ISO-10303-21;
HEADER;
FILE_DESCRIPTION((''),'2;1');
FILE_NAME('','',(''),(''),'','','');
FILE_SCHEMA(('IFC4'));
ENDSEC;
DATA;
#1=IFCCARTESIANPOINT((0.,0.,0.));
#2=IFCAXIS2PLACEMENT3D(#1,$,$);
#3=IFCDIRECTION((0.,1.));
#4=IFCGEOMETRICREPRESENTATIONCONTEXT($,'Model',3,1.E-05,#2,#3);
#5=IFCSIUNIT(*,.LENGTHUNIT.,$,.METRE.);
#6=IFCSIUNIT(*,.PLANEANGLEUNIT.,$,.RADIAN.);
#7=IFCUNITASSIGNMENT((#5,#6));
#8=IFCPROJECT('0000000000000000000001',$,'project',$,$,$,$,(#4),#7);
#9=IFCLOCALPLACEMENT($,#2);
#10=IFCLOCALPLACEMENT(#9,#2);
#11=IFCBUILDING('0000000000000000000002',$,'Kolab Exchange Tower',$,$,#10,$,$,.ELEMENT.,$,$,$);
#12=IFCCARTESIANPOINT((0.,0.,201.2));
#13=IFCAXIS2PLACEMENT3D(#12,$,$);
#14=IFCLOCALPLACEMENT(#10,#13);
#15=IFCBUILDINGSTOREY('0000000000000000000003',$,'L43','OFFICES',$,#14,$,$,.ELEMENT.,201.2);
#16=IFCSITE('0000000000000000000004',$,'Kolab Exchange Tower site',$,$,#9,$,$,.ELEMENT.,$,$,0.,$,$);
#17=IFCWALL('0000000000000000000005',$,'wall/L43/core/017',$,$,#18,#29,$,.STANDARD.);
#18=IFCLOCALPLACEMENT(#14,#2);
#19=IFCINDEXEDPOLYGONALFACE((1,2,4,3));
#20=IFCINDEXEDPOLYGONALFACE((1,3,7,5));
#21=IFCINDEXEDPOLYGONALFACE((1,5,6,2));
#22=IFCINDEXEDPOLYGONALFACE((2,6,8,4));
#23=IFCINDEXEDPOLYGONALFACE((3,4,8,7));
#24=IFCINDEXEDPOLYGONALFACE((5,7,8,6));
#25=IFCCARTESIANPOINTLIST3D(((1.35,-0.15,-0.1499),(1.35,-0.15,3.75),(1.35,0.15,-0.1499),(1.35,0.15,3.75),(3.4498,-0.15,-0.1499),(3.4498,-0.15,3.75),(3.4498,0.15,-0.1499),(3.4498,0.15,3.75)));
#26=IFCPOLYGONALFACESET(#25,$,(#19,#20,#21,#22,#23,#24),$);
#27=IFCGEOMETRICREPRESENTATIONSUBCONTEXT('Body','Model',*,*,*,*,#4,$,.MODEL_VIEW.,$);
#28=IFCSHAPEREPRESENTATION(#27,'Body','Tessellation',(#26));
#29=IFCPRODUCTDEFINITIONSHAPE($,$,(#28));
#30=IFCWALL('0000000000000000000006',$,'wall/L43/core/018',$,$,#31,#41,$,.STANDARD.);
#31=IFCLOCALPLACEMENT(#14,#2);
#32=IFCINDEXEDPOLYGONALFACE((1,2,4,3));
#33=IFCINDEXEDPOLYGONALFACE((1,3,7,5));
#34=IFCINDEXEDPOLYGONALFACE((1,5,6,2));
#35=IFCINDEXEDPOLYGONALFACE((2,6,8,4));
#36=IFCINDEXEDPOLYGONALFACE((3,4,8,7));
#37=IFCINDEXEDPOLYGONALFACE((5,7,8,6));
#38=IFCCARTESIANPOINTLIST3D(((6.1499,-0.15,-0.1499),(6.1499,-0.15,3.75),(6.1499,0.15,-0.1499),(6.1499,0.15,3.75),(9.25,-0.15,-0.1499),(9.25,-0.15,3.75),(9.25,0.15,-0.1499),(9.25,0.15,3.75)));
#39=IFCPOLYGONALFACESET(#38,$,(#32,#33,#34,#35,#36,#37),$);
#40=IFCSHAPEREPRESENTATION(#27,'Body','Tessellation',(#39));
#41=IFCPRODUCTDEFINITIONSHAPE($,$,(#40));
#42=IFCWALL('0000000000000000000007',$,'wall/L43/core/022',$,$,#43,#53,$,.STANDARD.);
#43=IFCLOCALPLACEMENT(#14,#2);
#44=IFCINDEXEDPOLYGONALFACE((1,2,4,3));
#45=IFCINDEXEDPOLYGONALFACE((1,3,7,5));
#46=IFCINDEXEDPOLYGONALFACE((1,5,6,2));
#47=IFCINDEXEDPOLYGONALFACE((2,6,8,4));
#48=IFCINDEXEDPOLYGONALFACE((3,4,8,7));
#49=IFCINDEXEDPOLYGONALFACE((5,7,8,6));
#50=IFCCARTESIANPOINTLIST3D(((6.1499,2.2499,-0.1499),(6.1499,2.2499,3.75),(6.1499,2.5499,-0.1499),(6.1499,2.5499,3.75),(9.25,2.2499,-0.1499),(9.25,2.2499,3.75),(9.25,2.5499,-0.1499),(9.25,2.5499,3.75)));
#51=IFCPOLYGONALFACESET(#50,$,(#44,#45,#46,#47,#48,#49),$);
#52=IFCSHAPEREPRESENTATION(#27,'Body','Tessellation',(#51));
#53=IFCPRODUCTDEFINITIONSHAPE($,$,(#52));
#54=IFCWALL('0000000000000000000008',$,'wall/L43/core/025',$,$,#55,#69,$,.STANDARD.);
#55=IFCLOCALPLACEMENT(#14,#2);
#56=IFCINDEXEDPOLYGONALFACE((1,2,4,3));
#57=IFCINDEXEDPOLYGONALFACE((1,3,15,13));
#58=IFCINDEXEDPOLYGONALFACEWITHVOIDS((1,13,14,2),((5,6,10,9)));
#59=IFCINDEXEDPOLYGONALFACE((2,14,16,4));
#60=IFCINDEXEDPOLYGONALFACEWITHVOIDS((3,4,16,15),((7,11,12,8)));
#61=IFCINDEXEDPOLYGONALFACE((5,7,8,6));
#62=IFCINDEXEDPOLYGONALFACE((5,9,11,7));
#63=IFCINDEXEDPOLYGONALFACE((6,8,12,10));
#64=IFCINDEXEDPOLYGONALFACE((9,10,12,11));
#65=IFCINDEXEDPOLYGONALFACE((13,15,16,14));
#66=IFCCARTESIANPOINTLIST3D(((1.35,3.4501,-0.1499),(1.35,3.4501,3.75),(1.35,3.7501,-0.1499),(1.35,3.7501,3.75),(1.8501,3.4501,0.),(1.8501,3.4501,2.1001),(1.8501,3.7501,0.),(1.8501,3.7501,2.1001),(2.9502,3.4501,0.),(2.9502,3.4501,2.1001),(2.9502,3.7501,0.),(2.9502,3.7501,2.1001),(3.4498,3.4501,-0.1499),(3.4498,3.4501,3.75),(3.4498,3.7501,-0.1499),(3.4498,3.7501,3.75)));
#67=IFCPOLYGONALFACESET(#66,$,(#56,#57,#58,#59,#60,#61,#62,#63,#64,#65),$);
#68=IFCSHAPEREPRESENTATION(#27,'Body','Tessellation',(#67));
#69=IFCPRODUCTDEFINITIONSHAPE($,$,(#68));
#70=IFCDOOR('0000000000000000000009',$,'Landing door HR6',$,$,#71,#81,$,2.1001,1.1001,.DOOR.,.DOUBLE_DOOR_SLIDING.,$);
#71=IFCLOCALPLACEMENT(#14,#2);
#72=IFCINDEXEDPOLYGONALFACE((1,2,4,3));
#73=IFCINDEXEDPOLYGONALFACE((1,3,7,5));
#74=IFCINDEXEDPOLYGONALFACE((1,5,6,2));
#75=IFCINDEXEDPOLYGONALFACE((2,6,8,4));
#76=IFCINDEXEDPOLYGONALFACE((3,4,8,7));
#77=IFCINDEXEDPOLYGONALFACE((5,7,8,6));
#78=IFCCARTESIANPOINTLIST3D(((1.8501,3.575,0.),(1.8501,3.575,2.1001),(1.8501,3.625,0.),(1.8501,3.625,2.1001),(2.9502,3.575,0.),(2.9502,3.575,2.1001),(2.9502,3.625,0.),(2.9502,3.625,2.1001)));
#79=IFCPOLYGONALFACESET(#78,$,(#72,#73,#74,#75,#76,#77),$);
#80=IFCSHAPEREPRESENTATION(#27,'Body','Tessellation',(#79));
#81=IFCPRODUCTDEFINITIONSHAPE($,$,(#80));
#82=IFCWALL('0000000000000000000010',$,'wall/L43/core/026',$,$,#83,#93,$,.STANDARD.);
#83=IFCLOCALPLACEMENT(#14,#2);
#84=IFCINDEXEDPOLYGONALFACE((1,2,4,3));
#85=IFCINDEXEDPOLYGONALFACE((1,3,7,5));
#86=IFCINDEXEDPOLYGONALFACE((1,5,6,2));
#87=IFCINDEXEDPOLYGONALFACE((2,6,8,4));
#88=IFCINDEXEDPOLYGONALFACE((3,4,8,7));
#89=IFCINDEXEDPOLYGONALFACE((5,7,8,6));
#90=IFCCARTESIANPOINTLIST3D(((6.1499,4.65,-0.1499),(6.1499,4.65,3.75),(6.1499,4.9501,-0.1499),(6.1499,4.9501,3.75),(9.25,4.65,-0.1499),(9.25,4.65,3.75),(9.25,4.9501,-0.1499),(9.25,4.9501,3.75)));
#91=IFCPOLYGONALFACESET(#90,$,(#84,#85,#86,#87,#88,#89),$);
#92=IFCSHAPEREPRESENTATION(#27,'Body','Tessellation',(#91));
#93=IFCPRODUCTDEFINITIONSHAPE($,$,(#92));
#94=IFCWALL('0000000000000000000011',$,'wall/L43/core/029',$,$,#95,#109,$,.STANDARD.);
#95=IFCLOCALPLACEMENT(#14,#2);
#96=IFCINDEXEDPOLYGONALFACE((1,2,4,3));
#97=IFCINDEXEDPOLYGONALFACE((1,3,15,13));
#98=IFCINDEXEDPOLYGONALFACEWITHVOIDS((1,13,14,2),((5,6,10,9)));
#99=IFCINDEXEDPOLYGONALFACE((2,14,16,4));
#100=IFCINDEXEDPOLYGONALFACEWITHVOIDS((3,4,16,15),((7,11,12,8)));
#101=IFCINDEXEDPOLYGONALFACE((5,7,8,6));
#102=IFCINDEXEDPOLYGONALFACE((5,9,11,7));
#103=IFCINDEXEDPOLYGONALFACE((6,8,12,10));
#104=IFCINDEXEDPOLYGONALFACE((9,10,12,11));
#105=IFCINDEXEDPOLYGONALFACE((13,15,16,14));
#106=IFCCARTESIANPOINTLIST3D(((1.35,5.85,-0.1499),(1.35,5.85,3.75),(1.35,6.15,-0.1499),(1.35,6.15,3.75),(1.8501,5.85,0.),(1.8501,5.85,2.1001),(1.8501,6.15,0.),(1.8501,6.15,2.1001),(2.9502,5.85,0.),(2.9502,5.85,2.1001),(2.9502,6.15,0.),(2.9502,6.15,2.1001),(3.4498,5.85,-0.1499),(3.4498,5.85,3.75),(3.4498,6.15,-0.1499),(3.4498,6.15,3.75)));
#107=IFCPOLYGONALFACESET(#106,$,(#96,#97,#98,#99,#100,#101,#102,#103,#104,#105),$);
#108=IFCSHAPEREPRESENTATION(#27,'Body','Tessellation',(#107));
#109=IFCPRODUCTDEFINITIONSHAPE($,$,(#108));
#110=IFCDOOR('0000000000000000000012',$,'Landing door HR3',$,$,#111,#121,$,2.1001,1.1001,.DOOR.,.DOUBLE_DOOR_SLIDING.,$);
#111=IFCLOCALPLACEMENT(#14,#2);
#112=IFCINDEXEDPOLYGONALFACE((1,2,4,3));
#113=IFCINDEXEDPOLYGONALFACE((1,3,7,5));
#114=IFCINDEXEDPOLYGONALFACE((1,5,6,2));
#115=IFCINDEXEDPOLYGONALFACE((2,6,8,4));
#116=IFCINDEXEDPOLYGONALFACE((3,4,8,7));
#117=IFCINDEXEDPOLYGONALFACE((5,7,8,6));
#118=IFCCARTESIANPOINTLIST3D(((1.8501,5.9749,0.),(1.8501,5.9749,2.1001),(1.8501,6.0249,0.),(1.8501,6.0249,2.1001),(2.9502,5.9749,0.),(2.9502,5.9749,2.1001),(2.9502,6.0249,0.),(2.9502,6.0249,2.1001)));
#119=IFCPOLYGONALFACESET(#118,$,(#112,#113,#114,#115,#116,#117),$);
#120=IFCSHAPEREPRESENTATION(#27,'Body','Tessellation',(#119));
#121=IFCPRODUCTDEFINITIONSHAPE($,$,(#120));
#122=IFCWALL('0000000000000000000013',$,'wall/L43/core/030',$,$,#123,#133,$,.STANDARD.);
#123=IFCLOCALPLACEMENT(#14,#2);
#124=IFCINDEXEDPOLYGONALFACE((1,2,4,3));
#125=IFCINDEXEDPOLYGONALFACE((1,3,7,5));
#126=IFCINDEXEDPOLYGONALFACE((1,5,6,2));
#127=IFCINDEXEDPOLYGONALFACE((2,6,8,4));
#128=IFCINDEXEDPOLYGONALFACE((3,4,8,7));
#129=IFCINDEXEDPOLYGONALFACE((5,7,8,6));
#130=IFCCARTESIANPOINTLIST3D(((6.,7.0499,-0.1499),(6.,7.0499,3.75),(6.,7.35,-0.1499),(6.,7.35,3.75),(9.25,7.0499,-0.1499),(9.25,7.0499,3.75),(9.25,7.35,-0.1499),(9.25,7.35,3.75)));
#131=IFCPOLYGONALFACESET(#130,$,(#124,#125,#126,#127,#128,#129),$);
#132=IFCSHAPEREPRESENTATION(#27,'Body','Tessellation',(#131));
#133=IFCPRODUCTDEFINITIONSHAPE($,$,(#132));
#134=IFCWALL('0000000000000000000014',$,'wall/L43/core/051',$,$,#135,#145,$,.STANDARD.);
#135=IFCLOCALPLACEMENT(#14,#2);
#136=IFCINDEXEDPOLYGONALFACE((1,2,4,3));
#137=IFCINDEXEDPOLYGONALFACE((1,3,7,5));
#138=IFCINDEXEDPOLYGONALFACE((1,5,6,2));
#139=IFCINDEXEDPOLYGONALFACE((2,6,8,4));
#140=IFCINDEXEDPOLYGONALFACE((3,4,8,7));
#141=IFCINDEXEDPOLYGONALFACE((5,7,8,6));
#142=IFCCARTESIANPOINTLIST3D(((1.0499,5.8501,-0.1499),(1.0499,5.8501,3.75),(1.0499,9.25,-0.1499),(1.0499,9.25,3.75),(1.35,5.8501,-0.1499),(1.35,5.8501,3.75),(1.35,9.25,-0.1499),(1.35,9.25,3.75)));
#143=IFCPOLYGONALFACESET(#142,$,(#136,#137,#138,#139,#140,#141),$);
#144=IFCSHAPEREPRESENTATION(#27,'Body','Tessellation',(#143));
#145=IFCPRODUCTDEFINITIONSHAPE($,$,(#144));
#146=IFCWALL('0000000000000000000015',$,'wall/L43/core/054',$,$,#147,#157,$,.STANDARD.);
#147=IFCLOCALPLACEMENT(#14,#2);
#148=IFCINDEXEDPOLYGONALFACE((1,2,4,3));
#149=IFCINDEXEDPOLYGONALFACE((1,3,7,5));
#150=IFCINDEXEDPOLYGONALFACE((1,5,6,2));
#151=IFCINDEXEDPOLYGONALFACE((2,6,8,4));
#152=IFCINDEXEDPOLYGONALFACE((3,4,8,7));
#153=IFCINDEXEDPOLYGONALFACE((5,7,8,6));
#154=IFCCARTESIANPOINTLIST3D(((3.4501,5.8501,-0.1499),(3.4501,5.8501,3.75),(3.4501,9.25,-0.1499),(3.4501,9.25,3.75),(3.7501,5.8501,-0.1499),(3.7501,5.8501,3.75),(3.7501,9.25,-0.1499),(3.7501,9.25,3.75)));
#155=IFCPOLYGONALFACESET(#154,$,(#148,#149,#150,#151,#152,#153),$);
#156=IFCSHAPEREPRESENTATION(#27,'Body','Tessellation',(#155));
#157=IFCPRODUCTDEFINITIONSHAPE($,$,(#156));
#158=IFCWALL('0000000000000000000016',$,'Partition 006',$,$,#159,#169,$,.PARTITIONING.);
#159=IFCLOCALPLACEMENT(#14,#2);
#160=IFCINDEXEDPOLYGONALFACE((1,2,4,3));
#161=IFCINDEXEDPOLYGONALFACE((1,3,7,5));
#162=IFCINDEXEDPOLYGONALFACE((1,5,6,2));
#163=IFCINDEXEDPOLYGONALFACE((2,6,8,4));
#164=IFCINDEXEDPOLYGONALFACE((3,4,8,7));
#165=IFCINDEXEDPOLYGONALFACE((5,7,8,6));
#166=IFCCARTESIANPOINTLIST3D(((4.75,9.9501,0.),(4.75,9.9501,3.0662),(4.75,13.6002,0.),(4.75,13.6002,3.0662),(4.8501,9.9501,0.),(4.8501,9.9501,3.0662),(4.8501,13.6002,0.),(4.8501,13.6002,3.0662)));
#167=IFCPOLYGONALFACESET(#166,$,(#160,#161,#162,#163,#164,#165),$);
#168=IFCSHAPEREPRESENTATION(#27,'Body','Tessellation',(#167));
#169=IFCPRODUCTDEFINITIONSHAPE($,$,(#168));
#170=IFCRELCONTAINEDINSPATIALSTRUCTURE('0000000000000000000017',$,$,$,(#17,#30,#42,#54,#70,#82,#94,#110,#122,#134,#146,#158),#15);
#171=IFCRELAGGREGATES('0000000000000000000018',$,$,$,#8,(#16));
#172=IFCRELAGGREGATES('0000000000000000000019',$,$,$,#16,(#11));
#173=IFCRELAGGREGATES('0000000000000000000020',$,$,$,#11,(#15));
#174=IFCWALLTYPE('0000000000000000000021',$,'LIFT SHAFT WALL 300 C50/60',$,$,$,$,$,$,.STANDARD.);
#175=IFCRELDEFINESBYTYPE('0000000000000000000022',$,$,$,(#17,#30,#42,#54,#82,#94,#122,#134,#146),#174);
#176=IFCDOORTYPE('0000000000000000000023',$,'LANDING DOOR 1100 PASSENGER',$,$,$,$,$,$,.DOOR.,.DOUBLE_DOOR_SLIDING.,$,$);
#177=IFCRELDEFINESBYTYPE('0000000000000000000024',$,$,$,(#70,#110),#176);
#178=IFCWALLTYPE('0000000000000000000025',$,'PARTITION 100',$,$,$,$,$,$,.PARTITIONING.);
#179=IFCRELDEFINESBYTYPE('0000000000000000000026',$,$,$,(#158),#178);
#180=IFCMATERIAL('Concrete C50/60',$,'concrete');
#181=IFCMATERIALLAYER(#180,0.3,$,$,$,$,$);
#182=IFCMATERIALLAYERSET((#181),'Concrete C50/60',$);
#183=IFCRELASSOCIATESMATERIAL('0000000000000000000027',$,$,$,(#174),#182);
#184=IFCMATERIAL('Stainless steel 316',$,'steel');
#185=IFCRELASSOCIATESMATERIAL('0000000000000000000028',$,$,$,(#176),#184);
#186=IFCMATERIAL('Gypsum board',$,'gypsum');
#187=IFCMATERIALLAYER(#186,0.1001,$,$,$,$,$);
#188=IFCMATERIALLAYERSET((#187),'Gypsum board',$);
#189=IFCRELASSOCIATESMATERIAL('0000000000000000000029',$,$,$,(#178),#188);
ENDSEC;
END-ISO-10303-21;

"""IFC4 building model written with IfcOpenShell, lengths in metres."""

from ifc_helpers import new_model, si_unit, direction, frame, frame_2d, origin, place, context, subcontext, project, spatial, rectangle, extrude, material, layer, layer_set, type_object, element, fill, save


model = new_model("IFC4")

# Units and contexts
model_context = context("Model", 3, precision=1e-05, world=origin(), true_north=direction((0.0, 1.0)))
body_context = subcontext(model_context, "Body", "Model", "MODEL_VIEW")
ifc_project = project(units=[si_unit("LENGTHUNIT", "METRE"), si_unit("PLANEANGLEUNIT", "RADIAN")], contexts=[model_context])

# Site, building, storey
site_placement = place(None, origin())
site = spatial("IfcSite", under=ifc_project, at=site_placement, Name="Kolab Exchange Tower site", CompositionType="ELEMENT", RefElevation=0.0)
building_placement = place(site_placement, origin())
building = spatial("IfcBuilding", under=site, at=building_placement, Name="Kolab Exchange Tower", CompositionType="ELEMENT")
storey_placement = place(building_placement, frame((0.0, 0.0, 201.2)))
storey = spatial("IfcBuildingStorey", under=building, at=storey_placement, Name="L43", Description="OFFICES", CompositionType="ELEMENT", Elevation=201.2)

# Shared definitions
ifc_material_1 = material(Name="Concrete C50/60", Category="concrete")

# Walls
ifc_layer_1 = layer(ifc_material_1, 0.3)
ifc_layer_set_1 = layer_set([ifc_layer_1], Name="Concrete C50/60")
wall_type_1 = type_object("IfcWallType", Name="LIFT SHAFT WALL 300 C50/60", PredefinedType="STANDARD", material=ifc_layer_set_1)
wall_1_placement = place(storey_placement, frame((1.3501, 0.0, -0.1499), z_axis=(0.0, 0.0, 1.0), x_axis=(1.0, 0.0, 0.0)))
element("IfcWall", 1, at=wall_1_placement, inside=storey, type_object=wall_type_1, Name="wall/L43/core/017", PredefinedType="STANDARD", context=body_context, shape_type="SweptSolid", body=[
    extrude(rectangle(XDim=2.0999, YDim=0.3, at=frame_2d((1.0498, 0.0))), origin(), (0.0, 0.0, 1.0), 3.8999),
])
for number, where, z_axis, x_axis, name in (
    (2, (6.1499, 0.0, -0.1499), (0.0, 0.0, 1.0), (1.0, 0.0, 0.0), "wall/L43/core/018"),
    (3, (6.1499, 2.3999, -0.1499), (0.0, 0.0, 1.0), (1.0, 0.0, 0.0), "wall/L43/core/022"),
):
    element("IfcWall", number, at=place(storey_placement, frame(where, z_axis=z_axis, x_axis=x_axis)), inside=storey, type_object=wall_type_1, Name=name, PredefinedType="STANDARD", context=body_context, shape_type="SweptSolid", body=[
        extrude(rectangle(XDim=3.1001, YDim=0.3, at=frame_2d((1.55, 0.0))), origin(), (0.0, 0.0, 1.0), 3.8999),
    ])

# Wall, opening, door
wall_2_placement = place(storey_placement, frame((1.3501, 3.6001, -0.1499), z_axis=(0.0, 0.0, 1.0), x_axis=(1.0, 0.0, 0.0)))
wall_2 = element("IfcWall", 4, at=wall_2_placement, inside=storey, type_object=wall_type_1, Name="wall/L43/core/025", PredefinedType="STANDARD", context=body_context, shape_type="SweptSolid", body=[
    extrude(rectangle(XDim=2.0999, YDim=0.3, at=frame_2d((1.0498, 0.0))), origin(), (0.0, 0.0, 1.0), 3.8999),
])
opening_1_placement = place(wall_2_placement, frame((0.5, 0.0, 0.1499)))
opening_1 = element("IfcOpeningElement", 5, at=opening_1_placement, cuts=wall_2, PredefinedType="OPENING", context=body_context, shape_type="SweptSolid", body=[
    extrude(rectangle(XDim=1.1001, YDim=2.1001, at=frame_2d((0.55, 1.05))), frame((0.0, 0.1602, 0.0), z_axis=(0.0, -1.0, 0.0), x_axis=(1.0, 0.0, 0.0)), (0.0, 0.0, 1.0), 0.3201),
])
ifc_material_2 = material(Name="Stainless steel 316", Category="steel")
door_type_1 = type_object("IfcDoorType", Name="LANDING DOOR 1100 PASSENGER", OperationType="DOUBLE_DOOR_SLIDING", PredefinedType="DOOR", material=ifc_material_2)
door_1_placement = place(opening_1_placement, origin())
door_1 = element("IfcDoor", 6, at=door_1_placement, inside=storey, type_object=door_type_1, Name="Landing door HR6", OperationType="DOUBLE_DOOR_SLIDING", OverallHeight=2.1001, OverallWidth=1.1001, PredefinedType="DOOR", context=body_context, shape_type="SweptSolid", body=[
    extrude(rectangle(XDim=1.1001, YDim=2.1001, at=frame_2d((0.55, 1.05))), frame((0.0, 0.0249, 0.0), z_axis=(0.0, -1.0, 0.0), x_axis=(1.0, 0.0, 0.0)), (0.0, 0.0, 1.0), 0.05),
])
fill(opening_1, door_1)

# Wall
wall_3_placement = place(storey_placement, frame((6.1499, 4.8, -0.1499), z_axis=(0.0, 0.0, 1.0), x_axis=(1.0, 0.0, 0.0)))
element("IfcWall", 7, at=wall_3_placement, inside=storey, type_object=wall_type_1, Name="wall/L43/core/026", PredefinedType="STANDARD", context=body_context, shape_type="SweptSolid", body=[
    extrude(rectangle(XDim=3.1001, YDim=0.3, at=frame_2d((1.55, 0.0))), origin(), (0.0, 0.0, 1.0), 3.8999),
])

# Wall, opening, door
wall_4_placement = place(storey_placement, frame((1.3501, 6.0, -0.1499), z_axis=(0.0, 0.0, 1.0), x_axis=(1.0, 0.0, 0.0)))
wall_4 = element("IfcWall", 8, at=wall_4_placement, inside=storey, type_object=wall_type_1, Name="wall/L43/core/029", PredefinedType="STANDARD", context=body_context, shape_type="SweptSolid", body=[
    extrude(rectangle(XDim=2.0999, YDim=0.3, at=frame_2d((1.0498, 0.0))), origin(), (0.0, 0.0, 1.0), 3.8999),
])
opening_2_placement = place(wall_4_placement, frame((0.5, 0.0, 0.1499)))
opening_2 = element("IfcOpeningElement", 9, at=opening_2_placement, cuts=wall_4, PredefinedType="OPENING", context=body_context, shape_type="SweptSolid", body=[
    extrude(rectangle(XDim=1.1001, YDim=2.1001, at=frame_2d((0.55, 1.05))), frame((0.0, 0.1602, 0.0), z_axis=(0.0, -1.0, 0.0), x_axis=(1.0, 0.0, 0.0)), (0.0, 0.0, 1.0), 0.3201),
])
door_2_placement = place(opening_2_placement, origin())
door_2 = element("IfcDoor", 10, at=door_2_placement, inside=storey, type_object=door_type_1, Name="Landing door HR3", OperationType="DOUBLE_DOOR_SLIDING", OverallHeight=2.1001, OverallWidth=1.1001, PredefinedType="DOOR", context=body_context, shape_type="SweptSolid", body=[
    extrude(rectangle(XDim=1.1001, YDim=2.1001, at=frame_2d((0.55, 1.05))), frame((0.0, 0.0249, 0.0), z_axis=(0.0, -1.0, 0.0), x_axis=(1.0, 0.0, 0.0)), (0.0, 0.0, 1.0), 0.05),
])
fill(opening_2, door_2)

# Walls
wall_5_placement = place(storey_placement, frame((6.0, 7.2, -0.1499), z_axis=(0.0, 0.0, 1.0), x_axis=(1.0, 0.0, 0.0)))
element("IfcWall", 11, at=wall_5_placement, inside=storey, type_object=wall_type_1, Name="wall/L43/core/030", PredefinedType="STANDARD", context=body_context, shape_type="SweptSolid", body=[
    extrude(rectangle(XDim=3.25, YDim=0.3, at=frame_2d((1.625, 0.0))), origin(), (0.0, 0.0, 1.0), 3.8999),
])
for number, where, z_axis, x_axis, name in (
    (12, (1.2, 5.8501, -0.1499), (0.0, 0.0, 1.0), (0.0, 1.0, 0.0), "wall/L43/core/051"),
    (13, (3.6001, 5.8501, -0.1499), (0.0, 0.0, 1.0), (0.0, 1.0, 0.0), "wall/L43/core/054"),
):
    element("IfcWall", number, at=place(storey_placement, frame(where, z_axis=z_axis, x_axis=x_axis)), inside=storey, type_object=wall_type_1, Name=name, PredefinedType="STANDARD", context=body_context, shape_type="SweptSolid", body=[
        extrude(rectangle(XDim=3.3999, YDim=0.3, at=frame_2d((1.7, 0.0))), origin(), (0.0, 0.0, 1.0), 3.8999),
    ])
ifc_material_3 = material(Name="Gypsum board", Category="gypsum")
ifc_layer_2 = layer(ifc_material_3, 0.1001)
ifc_layer_set_2 = layer_set([ifc_layer_2], Name="Gypsum board")
wall_type_2 = type_object("IfcWallType", Name="PARTITION 100", PredefinedType="PARTITIONING", material=ifc_layer_set_2)
wall_6_placement = place(storey_placement, frame((4.8, 9.95, 0.0), z_axis=(0.0, 0.0, 1.0), x_axis=(0.0, 1.0, 0.0)))
element("IfcWall", 14, at=wall_6_placement, inside=storey, type_object=wall_type_2, Name="Partition 006", PredefinedType="PARTITIONING", context=body_context, shape_type="SweptSolid", body=[
    extrude(rectangle(XDim=3.6501, YDim=0.1001, at=frame_2d((1.8252, 0.0))), origin(), (0.0, 0.0, 1.0), 3.0662),
])

save(model, "model.ifc")
